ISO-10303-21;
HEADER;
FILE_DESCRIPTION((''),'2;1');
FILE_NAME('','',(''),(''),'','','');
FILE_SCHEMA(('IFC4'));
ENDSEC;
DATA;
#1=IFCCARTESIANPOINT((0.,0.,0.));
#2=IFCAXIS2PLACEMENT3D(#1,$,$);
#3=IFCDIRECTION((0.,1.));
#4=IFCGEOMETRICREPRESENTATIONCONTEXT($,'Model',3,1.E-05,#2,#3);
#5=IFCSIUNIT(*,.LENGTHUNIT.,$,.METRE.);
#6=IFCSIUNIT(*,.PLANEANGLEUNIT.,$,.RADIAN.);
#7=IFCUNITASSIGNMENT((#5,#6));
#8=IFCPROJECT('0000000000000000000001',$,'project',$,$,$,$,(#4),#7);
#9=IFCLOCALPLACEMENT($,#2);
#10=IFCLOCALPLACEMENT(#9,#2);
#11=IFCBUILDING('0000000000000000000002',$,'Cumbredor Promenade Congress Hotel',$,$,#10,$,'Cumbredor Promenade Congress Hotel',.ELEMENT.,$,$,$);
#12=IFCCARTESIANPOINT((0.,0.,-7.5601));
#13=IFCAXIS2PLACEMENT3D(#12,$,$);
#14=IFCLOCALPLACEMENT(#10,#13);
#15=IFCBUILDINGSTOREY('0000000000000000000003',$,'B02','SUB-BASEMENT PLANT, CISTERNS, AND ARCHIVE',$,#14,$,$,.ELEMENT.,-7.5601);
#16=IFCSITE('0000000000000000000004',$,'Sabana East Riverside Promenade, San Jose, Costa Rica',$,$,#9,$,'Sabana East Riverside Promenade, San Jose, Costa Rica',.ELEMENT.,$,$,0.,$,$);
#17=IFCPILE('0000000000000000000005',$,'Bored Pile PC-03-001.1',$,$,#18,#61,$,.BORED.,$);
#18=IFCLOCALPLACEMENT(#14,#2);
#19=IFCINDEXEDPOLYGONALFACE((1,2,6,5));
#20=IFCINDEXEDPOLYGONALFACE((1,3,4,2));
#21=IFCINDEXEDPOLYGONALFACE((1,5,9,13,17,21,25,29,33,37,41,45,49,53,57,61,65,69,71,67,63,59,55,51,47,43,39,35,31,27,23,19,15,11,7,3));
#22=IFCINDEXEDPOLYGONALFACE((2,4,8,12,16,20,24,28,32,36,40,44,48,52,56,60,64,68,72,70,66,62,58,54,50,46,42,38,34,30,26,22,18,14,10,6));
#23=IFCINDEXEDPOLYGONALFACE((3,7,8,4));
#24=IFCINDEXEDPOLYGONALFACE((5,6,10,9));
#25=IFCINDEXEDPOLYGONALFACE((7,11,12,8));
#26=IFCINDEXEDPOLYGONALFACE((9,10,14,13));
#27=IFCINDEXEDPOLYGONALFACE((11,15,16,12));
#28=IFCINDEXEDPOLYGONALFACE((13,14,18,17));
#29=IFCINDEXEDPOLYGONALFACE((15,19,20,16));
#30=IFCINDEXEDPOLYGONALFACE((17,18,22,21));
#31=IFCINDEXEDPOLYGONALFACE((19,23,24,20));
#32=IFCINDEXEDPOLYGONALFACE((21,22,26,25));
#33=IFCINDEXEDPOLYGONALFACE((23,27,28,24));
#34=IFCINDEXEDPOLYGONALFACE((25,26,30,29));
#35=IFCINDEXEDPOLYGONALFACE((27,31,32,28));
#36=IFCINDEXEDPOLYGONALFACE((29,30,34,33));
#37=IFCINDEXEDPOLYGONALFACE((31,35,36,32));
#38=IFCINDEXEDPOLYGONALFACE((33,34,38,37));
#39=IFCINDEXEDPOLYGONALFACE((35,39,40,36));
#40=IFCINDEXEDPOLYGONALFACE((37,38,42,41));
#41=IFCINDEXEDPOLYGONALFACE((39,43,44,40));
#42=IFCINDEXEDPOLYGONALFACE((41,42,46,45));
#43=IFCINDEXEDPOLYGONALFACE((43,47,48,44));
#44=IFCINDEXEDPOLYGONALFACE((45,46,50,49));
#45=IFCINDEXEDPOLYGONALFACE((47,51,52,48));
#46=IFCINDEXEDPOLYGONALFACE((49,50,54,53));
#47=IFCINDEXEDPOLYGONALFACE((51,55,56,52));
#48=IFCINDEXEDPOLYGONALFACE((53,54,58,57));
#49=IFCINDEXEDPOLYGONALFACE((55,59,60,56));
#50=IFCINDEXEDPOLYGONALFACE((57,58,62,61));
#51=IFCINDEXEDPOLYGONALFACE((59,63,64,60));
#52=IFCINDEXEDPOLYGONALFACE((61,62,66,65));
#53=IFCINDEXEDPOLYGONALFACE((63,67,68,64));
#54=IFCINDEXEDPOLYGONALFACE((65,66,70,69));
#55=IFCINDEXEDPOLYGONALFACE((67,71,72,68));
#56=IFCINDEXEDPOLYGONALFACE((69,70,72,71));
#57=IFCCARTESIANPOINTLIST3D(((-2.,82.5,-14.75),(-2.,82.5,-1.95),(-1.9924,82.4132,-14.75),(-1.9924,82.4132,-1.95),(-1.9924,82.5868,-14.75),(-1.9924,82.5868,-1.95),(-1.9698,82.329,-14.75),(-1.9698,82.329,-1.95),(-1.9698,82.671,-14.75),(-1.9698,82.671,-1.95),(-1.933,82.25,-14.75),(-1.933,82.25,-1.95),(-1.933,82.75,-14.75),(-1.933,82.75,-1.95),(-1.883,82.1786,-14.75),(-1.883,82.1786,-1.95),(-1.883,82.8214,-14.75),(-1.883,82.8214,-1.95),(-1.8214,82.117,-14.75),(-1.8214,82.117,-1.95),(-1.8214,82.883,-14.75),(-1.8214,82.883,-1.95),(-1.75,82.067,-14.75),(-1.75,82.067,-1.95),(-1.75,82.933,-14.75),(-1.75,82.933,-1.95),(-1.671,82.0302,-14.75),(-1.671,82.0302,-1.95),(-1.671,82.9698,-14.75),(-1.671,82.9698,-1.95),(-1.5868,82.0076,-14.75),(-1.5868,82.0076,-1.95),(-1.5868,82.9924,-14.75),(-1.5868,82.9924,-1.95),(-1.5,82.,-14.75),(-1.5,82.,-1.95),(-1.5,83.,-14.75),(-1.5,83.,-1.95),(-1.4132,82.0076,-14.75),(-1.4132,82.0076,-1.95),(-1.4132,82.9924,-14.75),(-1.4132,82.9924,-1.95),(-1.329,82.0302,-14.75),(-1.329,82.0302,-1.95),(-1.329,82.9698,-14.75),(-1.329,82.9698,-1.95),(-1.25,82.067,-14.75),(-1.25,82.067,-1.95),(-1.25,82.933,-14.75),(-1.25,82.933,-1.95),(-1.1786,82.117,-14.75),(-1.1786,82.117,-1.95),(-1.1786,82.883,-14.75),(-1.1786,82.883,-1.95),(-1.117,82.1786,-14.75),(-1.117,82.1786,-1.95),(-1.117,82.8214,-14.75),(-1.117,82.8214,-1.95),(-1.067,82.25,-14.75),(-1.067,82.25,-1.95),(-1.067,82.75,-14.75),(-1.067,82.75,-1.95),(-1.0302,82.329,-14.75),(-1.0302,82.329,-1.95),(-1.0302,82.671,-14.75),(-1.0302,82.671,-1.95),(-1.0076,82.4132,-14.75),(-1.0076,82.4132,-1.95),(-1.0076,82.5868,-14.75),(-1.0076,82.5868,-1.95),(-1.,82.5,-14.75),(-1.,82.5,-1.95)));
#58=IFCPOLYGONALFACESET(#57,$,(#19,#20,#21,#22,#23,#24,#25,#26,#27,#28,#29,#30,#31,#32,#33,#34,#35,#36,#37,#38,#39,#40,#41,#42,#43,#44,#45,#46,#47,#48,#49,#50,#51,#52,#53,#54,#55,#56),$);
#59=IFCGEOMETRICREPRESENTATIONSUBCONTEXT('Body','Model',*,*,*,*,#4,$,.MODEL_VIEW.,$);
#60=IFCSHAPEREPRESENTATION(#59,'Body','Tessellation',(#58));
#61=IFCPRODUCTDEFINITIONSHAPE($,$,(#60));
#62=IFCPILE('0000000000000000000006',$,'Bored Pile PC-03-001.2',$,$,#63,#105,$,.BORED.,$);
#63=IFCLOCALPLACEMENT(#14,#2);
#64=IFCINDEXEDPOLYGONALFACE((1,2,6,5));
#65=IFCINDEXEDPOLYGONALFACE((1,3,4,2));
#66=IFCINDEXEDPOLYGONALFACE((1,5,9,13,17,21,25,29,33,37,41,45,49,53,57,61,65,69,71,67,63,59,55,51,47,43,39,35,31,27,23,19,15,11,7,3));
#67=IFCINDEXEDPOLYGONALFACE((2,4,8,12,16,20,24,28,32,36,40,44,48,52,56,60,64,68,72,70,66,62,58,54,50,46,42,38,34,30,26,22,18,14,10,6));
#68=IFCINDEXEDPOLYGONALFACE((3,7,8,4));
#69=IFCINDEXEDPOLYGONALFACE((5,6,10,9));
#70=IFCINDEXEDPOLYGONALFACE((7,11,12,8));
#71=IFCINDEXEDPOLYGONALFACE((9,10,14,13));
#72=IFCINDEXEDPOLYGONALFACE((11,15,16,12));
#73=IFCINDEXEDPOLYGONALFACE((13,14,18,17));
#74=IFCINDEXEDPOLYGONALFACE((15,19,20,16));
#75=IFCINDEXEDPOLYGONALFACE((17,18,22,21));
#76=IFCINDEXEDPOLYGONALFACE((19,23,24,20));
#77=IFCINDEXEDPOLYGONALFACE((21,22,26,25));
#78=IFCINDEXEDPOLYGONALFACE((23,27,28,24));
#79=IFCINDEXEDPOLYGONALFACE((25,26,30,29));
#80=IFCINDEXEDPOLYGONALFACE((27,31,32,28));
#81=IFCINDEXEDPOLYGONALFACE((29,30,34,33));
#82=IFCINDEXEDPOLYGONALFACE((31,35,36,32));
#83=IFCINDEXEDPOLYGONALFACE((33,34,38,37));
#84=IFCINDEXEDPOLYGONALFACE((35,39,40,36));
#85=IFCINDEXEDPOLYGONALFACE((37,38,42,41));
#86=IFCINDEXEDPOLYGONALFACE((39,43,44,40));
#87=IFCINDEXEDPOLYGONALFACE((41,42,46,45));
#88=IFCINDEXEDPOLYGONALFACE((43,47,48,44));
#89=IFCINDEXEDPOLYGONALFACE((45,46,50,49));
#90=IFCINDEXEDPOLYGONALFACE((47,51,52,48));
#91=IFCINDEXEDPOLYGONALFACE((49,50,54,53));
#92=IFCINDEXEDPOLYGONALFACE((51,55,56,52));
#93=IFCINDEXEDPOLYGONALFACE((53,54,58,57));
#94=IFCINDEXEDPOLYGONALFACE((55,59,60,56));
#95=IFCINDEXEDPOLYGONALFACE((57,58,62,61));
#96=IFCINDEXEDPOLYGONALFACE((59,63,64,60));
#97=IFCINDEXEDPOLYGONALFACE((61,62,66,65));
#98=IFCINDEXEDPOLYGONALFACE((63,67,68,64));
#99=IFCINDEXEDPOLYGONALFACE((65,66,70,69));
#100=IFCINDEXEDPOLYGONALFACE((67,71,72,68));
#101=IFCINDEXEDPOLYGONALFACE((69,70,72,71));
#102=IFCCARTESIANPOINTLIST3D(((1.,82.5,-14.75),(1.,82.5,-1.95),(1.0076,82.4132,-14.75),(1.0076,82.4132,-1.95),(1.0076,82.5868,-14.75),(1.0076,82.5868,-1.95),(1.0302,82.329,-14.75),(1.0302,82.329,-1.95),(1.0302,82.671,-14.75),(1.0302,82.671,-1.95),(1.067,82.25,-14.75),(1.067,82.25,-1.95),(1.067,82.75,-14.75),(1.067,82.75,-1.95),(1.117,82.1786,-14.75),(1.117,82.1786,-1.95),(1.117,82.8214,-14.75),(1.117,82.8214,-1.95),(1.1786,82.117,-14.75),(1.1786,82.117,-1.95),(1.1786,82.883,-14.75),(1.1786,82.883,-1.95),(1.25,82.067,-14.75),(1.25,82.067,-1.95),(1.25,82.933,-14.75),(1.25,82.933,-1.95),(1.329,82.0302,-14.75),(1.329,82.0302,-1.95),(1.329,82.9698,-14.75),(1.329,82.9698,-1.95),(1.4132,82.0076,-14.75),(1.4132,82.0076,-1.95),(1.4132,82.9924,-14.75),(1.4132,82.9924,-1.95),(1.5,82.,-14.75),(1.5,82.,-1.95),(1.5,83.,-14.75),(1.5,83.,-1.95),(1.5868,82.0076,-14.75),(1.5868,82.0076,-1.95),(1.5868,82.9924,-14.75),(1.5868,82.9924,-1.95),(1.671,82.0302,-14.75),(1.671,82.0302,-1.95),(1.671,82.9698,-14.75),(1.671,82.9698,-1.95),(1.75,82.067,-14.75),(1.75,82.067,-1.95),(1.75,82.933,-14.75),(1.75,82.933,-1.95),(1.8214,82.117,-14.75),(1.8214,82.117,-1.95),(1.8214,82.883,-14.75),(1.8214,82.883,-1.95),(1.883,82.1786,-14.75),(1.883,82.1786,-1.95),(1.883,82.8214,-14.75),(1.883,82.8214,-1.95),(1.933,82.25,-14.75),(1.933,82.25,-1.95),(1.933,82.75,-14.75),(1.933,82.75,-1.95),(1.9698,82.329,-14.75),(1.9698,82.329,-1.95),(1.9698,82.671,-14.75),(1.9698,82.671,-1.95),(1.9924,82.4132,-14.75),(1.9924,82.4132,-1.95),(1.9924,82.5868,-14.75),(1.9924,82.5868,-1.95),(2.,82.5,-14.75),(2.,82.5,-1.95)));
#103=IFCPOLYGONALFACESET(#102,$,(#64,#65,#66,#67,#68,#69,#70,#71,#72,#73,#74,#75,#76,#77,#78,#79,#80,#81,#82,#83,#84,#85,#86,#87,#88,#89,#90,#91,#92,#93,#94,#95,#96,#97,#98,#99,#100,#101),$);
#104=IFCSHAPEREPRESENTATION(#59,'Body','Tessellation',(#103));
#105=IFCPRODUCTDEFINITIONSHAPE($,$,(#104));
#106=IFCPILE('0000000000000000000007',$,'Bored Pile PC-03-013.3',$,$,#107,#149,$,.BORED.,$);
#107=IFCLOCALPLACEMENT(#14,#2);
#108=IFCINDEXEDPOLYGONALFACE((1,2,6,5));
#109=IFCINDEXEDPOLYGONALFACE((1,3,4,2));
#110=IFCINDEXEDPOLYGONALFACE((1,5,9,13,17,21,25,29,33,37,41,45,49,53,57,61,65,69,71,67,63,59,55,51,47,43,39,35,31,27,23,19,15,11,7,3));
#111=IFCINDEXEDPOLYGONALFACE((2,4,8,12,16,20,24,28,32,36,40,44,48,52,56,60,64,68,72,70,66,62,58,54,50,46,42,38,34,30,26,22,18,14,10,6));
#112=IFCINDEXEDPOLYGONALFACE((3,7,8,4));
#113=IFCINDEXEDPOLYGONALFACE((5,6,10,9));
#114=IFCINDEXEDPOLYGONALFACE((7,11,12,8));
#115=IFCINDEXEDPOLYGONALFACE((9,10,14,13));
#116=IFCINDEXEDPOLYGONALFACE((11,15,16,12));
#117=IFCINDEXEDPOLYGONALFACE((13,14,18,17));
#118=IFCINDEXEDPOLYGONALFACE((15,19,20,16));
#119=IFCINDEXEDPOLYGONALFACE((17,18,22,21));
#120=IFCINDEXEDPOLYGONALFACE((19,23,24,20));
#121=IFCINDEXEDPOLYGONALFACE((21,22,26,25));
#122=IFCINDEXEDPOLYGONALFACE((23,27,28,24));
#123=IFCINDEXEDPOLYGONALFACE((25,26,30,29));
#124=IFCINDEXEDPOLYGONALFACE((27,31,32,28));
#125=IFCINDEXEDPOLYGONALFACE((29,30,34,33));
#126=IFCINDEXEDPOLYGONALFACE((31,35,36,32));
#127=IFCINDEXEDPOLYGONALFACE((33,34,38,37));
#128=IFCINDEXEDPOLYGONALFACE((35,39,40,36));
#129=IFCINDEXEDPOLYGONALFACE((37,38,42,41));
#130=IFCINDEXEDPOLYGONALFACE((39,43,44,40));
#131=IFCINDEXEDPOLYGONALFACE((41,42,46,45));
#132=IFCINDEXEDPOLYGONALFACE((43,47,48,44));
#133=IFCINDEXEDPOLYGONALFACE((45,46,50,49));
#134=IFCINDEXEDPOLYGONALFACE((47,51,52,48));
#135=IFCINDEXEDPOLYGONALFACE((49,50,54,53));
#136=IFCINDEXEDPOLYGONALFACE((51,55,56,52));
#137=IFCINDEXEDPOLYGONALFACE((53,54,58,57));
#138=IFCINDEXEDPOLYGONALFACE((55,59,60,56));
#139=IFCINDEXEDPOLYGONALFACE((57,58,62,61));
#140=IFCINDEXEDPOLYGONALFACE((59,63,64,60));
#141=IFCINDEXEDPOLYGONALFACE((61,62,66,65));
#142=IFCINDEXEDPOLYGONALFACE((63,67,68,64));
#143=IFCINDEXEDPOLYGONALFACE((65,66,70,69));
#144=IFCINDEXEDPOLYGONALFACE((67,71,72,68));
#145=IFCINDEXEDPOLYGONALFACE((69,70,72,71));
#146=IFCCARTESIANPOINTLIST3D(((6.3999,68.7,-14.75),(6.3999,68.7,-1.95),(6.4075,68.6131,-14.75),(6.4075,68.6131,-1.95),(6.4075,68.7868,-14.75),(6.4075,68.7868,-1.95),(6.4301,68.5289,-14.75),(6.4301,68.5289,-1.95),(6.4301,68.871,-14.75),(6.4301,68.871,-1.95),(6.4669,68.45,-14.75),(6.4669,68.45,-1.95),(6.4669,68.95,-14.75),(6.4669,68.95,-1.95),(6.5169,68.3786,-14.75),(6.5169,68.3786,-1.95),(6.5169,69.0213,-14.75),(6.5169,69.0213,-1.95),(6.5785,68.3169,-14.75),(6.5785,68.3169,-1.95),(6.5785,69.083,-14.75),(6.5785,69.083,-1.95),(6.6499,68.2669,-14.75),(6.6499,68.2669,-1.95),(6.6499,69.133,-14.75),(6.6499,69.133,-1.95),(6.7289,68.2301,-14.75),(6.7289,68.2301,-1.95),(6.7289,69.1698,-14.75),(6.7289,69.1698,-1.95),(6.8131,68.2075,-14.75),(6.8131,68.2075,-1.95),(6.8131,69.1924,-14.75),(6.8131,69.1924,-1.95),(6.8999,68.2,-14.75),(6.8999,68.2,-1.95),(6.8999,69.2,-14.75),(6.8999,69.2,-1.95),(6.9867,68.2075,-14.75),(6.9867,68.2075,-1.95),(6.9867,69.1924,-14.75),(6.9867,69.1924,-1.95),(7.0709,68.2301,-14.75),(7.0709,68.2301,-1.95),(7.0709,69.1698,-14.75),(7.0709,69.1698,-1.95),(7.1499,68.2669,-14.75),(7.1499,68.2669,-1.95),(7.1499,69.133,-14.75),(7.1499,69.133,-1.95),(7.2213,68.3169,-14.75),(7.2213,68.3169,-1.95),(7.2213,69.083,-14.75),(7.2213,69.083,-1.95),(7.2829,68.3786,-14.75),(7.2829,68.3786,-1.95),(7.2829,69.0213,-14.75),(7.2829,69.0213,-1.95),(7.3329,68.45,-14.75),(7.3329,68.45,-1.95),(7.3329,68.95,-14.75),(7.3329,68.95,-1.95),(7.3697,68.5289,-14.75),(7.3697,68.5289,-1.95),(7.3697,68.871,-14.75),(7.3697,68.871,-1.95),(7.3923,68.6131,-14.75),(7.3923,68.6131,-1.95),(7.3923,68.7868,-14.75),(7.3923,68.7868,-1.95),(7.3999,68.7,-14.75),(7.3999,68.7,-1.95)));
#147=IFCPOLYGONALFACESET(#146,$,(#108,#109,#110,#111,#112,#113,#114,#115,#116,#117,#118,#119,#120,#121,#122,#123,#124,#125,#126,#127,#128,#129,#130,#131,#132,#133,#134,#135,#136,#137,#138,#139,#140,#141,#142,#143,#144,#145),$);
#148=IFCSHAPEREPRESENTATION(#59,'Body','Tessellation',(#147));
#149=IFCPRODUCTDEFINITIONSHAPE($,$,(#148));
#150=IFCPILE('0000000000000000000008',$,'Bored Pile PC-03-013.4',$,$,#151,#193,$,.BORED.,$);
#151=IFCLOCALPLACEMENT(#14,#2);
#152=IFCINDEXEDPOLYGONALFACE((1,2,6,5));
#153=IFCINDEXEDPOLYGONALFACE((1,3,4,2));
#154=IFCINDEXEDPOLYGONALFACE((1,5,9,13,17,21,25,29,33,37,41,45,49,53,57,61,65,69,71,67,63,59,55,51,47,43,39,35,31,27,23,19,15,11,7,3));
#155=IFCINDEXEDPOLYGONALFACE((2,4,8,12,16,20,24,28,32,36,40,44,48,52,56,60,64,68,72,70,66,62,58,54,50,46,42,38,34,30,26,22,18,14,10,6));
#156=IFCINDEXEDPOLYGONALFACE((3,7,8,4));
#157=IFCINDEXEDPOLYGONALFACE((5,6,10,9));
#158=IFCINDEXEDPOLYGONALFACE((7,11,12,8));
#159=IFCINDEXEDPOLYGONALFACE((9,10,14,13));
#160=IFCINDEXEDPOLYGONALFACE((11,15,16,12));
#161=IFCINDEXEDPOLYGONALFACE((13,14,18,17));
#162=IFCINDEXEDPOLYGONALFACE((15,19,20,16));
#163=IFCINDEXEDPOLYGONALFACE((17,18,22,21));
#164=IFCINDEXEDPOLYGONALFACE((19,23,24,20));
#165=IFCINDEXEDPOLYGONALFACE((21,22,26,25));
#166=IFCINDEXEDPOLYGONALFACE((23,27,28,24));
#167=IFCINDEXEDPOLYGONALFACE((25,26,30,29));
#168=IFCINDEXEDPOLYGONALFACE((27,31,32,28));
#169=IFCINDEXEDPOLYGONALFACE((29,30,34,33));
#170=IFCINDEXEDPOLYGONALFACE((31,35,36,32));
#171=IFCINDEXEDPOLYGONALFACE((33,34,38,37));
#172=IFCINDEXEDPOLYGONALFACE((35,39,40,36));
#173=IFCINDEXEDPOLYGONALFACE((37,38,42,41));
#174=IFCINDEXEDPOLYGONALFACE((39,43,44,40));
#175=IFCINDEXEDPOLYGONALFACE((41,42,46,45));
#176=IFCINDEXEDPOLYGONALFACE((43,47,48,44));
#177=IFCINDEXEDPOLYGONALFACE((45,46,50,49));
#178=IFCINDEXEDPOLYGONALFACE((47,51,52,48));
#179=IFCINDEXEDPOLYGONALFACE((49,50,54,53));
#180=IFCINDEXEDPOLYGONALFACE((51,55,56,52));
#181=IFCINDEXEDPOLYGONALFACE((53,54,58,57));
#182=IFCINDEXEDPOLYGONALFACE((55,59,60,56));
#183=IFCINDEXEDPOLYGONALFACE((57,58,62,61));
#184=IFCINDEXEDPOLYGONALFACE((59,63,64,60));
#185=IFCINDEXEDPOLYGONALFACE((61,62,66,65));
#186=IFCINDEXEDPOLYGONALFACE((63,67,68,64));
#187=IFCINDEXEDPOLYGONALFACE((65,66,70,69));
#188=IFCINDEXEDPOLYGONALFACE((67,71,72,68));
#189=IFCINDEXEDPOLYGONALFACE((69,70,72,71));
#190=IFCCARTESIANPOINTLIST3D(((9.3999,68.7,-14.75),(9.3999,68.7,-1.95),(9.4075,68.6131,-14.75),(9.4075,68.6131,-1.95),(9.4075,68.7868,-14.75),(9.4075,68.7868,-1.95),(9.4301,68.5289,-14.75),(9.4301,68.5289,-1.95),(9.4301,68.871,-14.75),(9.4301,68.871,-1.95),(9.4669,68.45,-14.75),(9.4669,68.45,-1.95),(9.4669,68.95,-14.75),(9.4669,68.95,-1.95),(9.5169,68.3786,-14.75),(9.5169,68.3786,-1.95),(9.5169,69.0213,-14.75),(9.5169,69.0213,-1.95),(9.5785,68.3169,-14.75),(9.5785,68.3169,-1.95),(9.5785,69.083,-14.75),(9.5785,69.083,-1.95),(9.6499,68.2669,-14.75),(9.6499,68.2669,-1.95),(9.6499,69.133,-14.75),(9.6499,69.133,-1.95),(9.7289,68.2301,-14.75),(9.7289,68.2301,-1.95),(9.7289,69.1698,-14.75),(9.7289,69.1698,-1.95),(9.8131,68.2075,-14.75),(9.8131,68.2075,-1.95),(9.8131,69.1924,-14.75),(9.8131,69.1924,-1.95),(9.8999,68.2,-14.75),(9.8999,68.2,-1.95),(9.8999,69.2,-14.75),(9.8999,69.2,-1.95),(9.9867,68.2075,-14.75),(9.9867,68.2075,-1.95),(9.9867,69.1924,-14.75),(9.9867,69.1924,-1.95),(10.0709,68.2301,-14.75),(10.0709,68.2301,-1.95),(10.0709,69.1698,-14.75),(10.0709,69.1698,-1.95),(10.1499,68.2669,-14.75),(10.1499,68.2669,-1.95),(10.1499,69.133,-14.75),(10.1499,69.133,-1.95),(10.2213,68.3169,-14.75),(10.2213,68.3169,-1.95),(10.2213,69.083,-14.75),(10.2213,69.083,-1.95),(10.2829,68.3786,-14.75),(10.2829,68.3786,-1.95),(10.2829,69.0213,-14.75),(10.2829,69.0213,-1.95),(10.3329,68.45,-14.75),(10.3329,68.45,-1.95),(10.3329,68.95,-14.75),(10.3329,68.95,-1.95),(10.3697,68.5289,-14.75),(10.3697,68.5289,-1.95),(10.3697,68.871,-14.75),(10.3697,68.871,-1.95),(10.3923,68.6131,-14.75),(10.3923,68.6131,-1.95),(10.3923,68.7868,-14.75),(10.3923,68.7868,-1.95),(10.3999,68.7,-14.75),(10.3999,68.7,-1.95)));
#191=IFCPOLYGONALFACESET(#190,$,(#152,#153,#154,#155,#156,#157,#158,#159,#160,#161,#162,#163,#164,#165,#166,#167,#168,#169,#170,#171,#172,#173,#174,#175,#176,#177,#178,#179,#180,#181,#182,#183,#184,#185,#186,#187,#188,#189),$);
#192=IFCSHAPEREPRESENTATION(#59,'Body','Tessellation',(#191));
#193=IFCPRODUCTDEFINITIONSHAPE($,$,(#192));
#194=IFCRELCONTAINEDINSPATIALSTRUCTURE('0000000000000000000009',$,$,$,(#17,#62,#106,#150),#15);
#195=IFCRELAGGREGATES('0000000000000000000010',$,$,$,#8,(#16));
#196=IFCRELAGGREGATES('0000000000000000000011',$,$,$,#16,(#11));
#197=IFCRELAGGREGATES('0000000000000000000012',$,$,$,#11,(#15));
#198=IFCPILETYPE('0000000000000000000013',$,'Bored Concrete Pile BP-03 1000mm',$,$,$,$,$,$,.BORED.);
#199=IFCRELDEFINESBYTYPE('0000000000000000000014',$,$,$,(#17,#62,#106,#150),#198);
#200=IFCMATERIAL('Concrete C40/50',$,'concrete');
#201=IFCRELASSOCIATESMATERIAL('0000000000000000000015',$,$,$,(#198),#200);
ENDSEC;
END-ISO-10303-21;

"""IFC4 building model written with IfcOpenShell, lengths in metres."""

from ifc_helpers import new_model, si_unit, direction, frame, origin, origin_2d, place, context, subcontext, project, spatial, circle, extrude, material, material_profile, profile_set, type_object, element, save


model = new_model("IFC4")

# Units and contexts
model_context = context("Model", 3, precision=1e-05, world=origin(), true_north=direction((0.0, 1.0)))
body_context = subcontext(model_context, "Body", "Model", "MODEL_VIEW")
ifc_project = project(units=[si_unit("LENGTHUNIT", "METRE"), si_unit("PLANEANGLEUNIT", "RADIAN")], contexts=[model_context])

# Site, building, storey
site_placement = place(None, origin())
site = spatial("IfcSite", under=ifc_project, at=site_placement, Name="Sabana East Riverside Promenade, San Jose, Costa Rica", LongName="Sabana East Riverside Promenade, San Jose, Costa Rica", CompositionType="ELEMENT", RefElevation=0.0)
building_placement = place(site_placement, origin())
building = spatial("IfcBuilding", under=site, at=building_placement, Name="Cumbredor Promenade Congress Hotel", LongName="Cumbredor Promenade Congress Hotel", CompositionType="ELEMENT")
storey_placement = place(building_placement, frame((0.0, 0.0, -7.5601)))
storey = spatial("IfcBuildingStorey", under=building, at=storey_placement, Name="B02", Description="SUB-BASEMENT PLANT, CISTERNS, AND ARCHIVE", CompositionType="ELEMENT", Elevation=-7.5601)

# Piles
ifc_material_1 = material(Name="Concrete C40/50", Category="concrete")
ifc_material_profile_1 = material_profile(ifc_material_1, circle(Radius=0.5, at=origin_2d()), Name="PILE D1000")
ifc_profile_set_1 = profile_set([ifc_material_profile_1], Name="Concrete C40/50")
pile_type_1 = type_object("IfcPileType", Name="Bored Concrete Pile BP-03 1000mm", PredefinedType="BORED", material=ifc_profile_set_1)
for number, where, z_axis, x_axis, name in (
    (1, (-1.5, 82.5, -1.95), (0.0, 0.0, -1.0), (1.0, 0.0, 0.0), "Bored Pile PC-03-001.1"),
    (2, (1.5, 82.5, -1.95), (0.0, 0.0, -1.0), (1.0, 0.0, 0.0), "Bored Pile PC-03-001.2"),
    (3, (6.8999, 68.7, -1.95), (0.0, 0.0, -1.0), (1.0, 0.0, 0.0), "Bored Pile PC-03-013.3"),
    (4, (9.8999, 68.7, -1.95), (0.0, 0.0, -1.0), (1.0, 0.0, 0.0), "Bored Pile PC-03-013.4"),
):
    element("IfcPile", number, at=place(storey_placement, frame(where, z_axis=z_axis, x_axis=x_axis)), inside=storey, type_object=pile_type_1, Name=name, PredefinedType="BORED", context=body_context, shape_type="SweptSolid", body=[
        extrude(circle(Radius=0.5, at=origin_2d()), origin(), (0.0, 0.0, 1.0), 12.8),
    ])

save(model, "model.ifc")
